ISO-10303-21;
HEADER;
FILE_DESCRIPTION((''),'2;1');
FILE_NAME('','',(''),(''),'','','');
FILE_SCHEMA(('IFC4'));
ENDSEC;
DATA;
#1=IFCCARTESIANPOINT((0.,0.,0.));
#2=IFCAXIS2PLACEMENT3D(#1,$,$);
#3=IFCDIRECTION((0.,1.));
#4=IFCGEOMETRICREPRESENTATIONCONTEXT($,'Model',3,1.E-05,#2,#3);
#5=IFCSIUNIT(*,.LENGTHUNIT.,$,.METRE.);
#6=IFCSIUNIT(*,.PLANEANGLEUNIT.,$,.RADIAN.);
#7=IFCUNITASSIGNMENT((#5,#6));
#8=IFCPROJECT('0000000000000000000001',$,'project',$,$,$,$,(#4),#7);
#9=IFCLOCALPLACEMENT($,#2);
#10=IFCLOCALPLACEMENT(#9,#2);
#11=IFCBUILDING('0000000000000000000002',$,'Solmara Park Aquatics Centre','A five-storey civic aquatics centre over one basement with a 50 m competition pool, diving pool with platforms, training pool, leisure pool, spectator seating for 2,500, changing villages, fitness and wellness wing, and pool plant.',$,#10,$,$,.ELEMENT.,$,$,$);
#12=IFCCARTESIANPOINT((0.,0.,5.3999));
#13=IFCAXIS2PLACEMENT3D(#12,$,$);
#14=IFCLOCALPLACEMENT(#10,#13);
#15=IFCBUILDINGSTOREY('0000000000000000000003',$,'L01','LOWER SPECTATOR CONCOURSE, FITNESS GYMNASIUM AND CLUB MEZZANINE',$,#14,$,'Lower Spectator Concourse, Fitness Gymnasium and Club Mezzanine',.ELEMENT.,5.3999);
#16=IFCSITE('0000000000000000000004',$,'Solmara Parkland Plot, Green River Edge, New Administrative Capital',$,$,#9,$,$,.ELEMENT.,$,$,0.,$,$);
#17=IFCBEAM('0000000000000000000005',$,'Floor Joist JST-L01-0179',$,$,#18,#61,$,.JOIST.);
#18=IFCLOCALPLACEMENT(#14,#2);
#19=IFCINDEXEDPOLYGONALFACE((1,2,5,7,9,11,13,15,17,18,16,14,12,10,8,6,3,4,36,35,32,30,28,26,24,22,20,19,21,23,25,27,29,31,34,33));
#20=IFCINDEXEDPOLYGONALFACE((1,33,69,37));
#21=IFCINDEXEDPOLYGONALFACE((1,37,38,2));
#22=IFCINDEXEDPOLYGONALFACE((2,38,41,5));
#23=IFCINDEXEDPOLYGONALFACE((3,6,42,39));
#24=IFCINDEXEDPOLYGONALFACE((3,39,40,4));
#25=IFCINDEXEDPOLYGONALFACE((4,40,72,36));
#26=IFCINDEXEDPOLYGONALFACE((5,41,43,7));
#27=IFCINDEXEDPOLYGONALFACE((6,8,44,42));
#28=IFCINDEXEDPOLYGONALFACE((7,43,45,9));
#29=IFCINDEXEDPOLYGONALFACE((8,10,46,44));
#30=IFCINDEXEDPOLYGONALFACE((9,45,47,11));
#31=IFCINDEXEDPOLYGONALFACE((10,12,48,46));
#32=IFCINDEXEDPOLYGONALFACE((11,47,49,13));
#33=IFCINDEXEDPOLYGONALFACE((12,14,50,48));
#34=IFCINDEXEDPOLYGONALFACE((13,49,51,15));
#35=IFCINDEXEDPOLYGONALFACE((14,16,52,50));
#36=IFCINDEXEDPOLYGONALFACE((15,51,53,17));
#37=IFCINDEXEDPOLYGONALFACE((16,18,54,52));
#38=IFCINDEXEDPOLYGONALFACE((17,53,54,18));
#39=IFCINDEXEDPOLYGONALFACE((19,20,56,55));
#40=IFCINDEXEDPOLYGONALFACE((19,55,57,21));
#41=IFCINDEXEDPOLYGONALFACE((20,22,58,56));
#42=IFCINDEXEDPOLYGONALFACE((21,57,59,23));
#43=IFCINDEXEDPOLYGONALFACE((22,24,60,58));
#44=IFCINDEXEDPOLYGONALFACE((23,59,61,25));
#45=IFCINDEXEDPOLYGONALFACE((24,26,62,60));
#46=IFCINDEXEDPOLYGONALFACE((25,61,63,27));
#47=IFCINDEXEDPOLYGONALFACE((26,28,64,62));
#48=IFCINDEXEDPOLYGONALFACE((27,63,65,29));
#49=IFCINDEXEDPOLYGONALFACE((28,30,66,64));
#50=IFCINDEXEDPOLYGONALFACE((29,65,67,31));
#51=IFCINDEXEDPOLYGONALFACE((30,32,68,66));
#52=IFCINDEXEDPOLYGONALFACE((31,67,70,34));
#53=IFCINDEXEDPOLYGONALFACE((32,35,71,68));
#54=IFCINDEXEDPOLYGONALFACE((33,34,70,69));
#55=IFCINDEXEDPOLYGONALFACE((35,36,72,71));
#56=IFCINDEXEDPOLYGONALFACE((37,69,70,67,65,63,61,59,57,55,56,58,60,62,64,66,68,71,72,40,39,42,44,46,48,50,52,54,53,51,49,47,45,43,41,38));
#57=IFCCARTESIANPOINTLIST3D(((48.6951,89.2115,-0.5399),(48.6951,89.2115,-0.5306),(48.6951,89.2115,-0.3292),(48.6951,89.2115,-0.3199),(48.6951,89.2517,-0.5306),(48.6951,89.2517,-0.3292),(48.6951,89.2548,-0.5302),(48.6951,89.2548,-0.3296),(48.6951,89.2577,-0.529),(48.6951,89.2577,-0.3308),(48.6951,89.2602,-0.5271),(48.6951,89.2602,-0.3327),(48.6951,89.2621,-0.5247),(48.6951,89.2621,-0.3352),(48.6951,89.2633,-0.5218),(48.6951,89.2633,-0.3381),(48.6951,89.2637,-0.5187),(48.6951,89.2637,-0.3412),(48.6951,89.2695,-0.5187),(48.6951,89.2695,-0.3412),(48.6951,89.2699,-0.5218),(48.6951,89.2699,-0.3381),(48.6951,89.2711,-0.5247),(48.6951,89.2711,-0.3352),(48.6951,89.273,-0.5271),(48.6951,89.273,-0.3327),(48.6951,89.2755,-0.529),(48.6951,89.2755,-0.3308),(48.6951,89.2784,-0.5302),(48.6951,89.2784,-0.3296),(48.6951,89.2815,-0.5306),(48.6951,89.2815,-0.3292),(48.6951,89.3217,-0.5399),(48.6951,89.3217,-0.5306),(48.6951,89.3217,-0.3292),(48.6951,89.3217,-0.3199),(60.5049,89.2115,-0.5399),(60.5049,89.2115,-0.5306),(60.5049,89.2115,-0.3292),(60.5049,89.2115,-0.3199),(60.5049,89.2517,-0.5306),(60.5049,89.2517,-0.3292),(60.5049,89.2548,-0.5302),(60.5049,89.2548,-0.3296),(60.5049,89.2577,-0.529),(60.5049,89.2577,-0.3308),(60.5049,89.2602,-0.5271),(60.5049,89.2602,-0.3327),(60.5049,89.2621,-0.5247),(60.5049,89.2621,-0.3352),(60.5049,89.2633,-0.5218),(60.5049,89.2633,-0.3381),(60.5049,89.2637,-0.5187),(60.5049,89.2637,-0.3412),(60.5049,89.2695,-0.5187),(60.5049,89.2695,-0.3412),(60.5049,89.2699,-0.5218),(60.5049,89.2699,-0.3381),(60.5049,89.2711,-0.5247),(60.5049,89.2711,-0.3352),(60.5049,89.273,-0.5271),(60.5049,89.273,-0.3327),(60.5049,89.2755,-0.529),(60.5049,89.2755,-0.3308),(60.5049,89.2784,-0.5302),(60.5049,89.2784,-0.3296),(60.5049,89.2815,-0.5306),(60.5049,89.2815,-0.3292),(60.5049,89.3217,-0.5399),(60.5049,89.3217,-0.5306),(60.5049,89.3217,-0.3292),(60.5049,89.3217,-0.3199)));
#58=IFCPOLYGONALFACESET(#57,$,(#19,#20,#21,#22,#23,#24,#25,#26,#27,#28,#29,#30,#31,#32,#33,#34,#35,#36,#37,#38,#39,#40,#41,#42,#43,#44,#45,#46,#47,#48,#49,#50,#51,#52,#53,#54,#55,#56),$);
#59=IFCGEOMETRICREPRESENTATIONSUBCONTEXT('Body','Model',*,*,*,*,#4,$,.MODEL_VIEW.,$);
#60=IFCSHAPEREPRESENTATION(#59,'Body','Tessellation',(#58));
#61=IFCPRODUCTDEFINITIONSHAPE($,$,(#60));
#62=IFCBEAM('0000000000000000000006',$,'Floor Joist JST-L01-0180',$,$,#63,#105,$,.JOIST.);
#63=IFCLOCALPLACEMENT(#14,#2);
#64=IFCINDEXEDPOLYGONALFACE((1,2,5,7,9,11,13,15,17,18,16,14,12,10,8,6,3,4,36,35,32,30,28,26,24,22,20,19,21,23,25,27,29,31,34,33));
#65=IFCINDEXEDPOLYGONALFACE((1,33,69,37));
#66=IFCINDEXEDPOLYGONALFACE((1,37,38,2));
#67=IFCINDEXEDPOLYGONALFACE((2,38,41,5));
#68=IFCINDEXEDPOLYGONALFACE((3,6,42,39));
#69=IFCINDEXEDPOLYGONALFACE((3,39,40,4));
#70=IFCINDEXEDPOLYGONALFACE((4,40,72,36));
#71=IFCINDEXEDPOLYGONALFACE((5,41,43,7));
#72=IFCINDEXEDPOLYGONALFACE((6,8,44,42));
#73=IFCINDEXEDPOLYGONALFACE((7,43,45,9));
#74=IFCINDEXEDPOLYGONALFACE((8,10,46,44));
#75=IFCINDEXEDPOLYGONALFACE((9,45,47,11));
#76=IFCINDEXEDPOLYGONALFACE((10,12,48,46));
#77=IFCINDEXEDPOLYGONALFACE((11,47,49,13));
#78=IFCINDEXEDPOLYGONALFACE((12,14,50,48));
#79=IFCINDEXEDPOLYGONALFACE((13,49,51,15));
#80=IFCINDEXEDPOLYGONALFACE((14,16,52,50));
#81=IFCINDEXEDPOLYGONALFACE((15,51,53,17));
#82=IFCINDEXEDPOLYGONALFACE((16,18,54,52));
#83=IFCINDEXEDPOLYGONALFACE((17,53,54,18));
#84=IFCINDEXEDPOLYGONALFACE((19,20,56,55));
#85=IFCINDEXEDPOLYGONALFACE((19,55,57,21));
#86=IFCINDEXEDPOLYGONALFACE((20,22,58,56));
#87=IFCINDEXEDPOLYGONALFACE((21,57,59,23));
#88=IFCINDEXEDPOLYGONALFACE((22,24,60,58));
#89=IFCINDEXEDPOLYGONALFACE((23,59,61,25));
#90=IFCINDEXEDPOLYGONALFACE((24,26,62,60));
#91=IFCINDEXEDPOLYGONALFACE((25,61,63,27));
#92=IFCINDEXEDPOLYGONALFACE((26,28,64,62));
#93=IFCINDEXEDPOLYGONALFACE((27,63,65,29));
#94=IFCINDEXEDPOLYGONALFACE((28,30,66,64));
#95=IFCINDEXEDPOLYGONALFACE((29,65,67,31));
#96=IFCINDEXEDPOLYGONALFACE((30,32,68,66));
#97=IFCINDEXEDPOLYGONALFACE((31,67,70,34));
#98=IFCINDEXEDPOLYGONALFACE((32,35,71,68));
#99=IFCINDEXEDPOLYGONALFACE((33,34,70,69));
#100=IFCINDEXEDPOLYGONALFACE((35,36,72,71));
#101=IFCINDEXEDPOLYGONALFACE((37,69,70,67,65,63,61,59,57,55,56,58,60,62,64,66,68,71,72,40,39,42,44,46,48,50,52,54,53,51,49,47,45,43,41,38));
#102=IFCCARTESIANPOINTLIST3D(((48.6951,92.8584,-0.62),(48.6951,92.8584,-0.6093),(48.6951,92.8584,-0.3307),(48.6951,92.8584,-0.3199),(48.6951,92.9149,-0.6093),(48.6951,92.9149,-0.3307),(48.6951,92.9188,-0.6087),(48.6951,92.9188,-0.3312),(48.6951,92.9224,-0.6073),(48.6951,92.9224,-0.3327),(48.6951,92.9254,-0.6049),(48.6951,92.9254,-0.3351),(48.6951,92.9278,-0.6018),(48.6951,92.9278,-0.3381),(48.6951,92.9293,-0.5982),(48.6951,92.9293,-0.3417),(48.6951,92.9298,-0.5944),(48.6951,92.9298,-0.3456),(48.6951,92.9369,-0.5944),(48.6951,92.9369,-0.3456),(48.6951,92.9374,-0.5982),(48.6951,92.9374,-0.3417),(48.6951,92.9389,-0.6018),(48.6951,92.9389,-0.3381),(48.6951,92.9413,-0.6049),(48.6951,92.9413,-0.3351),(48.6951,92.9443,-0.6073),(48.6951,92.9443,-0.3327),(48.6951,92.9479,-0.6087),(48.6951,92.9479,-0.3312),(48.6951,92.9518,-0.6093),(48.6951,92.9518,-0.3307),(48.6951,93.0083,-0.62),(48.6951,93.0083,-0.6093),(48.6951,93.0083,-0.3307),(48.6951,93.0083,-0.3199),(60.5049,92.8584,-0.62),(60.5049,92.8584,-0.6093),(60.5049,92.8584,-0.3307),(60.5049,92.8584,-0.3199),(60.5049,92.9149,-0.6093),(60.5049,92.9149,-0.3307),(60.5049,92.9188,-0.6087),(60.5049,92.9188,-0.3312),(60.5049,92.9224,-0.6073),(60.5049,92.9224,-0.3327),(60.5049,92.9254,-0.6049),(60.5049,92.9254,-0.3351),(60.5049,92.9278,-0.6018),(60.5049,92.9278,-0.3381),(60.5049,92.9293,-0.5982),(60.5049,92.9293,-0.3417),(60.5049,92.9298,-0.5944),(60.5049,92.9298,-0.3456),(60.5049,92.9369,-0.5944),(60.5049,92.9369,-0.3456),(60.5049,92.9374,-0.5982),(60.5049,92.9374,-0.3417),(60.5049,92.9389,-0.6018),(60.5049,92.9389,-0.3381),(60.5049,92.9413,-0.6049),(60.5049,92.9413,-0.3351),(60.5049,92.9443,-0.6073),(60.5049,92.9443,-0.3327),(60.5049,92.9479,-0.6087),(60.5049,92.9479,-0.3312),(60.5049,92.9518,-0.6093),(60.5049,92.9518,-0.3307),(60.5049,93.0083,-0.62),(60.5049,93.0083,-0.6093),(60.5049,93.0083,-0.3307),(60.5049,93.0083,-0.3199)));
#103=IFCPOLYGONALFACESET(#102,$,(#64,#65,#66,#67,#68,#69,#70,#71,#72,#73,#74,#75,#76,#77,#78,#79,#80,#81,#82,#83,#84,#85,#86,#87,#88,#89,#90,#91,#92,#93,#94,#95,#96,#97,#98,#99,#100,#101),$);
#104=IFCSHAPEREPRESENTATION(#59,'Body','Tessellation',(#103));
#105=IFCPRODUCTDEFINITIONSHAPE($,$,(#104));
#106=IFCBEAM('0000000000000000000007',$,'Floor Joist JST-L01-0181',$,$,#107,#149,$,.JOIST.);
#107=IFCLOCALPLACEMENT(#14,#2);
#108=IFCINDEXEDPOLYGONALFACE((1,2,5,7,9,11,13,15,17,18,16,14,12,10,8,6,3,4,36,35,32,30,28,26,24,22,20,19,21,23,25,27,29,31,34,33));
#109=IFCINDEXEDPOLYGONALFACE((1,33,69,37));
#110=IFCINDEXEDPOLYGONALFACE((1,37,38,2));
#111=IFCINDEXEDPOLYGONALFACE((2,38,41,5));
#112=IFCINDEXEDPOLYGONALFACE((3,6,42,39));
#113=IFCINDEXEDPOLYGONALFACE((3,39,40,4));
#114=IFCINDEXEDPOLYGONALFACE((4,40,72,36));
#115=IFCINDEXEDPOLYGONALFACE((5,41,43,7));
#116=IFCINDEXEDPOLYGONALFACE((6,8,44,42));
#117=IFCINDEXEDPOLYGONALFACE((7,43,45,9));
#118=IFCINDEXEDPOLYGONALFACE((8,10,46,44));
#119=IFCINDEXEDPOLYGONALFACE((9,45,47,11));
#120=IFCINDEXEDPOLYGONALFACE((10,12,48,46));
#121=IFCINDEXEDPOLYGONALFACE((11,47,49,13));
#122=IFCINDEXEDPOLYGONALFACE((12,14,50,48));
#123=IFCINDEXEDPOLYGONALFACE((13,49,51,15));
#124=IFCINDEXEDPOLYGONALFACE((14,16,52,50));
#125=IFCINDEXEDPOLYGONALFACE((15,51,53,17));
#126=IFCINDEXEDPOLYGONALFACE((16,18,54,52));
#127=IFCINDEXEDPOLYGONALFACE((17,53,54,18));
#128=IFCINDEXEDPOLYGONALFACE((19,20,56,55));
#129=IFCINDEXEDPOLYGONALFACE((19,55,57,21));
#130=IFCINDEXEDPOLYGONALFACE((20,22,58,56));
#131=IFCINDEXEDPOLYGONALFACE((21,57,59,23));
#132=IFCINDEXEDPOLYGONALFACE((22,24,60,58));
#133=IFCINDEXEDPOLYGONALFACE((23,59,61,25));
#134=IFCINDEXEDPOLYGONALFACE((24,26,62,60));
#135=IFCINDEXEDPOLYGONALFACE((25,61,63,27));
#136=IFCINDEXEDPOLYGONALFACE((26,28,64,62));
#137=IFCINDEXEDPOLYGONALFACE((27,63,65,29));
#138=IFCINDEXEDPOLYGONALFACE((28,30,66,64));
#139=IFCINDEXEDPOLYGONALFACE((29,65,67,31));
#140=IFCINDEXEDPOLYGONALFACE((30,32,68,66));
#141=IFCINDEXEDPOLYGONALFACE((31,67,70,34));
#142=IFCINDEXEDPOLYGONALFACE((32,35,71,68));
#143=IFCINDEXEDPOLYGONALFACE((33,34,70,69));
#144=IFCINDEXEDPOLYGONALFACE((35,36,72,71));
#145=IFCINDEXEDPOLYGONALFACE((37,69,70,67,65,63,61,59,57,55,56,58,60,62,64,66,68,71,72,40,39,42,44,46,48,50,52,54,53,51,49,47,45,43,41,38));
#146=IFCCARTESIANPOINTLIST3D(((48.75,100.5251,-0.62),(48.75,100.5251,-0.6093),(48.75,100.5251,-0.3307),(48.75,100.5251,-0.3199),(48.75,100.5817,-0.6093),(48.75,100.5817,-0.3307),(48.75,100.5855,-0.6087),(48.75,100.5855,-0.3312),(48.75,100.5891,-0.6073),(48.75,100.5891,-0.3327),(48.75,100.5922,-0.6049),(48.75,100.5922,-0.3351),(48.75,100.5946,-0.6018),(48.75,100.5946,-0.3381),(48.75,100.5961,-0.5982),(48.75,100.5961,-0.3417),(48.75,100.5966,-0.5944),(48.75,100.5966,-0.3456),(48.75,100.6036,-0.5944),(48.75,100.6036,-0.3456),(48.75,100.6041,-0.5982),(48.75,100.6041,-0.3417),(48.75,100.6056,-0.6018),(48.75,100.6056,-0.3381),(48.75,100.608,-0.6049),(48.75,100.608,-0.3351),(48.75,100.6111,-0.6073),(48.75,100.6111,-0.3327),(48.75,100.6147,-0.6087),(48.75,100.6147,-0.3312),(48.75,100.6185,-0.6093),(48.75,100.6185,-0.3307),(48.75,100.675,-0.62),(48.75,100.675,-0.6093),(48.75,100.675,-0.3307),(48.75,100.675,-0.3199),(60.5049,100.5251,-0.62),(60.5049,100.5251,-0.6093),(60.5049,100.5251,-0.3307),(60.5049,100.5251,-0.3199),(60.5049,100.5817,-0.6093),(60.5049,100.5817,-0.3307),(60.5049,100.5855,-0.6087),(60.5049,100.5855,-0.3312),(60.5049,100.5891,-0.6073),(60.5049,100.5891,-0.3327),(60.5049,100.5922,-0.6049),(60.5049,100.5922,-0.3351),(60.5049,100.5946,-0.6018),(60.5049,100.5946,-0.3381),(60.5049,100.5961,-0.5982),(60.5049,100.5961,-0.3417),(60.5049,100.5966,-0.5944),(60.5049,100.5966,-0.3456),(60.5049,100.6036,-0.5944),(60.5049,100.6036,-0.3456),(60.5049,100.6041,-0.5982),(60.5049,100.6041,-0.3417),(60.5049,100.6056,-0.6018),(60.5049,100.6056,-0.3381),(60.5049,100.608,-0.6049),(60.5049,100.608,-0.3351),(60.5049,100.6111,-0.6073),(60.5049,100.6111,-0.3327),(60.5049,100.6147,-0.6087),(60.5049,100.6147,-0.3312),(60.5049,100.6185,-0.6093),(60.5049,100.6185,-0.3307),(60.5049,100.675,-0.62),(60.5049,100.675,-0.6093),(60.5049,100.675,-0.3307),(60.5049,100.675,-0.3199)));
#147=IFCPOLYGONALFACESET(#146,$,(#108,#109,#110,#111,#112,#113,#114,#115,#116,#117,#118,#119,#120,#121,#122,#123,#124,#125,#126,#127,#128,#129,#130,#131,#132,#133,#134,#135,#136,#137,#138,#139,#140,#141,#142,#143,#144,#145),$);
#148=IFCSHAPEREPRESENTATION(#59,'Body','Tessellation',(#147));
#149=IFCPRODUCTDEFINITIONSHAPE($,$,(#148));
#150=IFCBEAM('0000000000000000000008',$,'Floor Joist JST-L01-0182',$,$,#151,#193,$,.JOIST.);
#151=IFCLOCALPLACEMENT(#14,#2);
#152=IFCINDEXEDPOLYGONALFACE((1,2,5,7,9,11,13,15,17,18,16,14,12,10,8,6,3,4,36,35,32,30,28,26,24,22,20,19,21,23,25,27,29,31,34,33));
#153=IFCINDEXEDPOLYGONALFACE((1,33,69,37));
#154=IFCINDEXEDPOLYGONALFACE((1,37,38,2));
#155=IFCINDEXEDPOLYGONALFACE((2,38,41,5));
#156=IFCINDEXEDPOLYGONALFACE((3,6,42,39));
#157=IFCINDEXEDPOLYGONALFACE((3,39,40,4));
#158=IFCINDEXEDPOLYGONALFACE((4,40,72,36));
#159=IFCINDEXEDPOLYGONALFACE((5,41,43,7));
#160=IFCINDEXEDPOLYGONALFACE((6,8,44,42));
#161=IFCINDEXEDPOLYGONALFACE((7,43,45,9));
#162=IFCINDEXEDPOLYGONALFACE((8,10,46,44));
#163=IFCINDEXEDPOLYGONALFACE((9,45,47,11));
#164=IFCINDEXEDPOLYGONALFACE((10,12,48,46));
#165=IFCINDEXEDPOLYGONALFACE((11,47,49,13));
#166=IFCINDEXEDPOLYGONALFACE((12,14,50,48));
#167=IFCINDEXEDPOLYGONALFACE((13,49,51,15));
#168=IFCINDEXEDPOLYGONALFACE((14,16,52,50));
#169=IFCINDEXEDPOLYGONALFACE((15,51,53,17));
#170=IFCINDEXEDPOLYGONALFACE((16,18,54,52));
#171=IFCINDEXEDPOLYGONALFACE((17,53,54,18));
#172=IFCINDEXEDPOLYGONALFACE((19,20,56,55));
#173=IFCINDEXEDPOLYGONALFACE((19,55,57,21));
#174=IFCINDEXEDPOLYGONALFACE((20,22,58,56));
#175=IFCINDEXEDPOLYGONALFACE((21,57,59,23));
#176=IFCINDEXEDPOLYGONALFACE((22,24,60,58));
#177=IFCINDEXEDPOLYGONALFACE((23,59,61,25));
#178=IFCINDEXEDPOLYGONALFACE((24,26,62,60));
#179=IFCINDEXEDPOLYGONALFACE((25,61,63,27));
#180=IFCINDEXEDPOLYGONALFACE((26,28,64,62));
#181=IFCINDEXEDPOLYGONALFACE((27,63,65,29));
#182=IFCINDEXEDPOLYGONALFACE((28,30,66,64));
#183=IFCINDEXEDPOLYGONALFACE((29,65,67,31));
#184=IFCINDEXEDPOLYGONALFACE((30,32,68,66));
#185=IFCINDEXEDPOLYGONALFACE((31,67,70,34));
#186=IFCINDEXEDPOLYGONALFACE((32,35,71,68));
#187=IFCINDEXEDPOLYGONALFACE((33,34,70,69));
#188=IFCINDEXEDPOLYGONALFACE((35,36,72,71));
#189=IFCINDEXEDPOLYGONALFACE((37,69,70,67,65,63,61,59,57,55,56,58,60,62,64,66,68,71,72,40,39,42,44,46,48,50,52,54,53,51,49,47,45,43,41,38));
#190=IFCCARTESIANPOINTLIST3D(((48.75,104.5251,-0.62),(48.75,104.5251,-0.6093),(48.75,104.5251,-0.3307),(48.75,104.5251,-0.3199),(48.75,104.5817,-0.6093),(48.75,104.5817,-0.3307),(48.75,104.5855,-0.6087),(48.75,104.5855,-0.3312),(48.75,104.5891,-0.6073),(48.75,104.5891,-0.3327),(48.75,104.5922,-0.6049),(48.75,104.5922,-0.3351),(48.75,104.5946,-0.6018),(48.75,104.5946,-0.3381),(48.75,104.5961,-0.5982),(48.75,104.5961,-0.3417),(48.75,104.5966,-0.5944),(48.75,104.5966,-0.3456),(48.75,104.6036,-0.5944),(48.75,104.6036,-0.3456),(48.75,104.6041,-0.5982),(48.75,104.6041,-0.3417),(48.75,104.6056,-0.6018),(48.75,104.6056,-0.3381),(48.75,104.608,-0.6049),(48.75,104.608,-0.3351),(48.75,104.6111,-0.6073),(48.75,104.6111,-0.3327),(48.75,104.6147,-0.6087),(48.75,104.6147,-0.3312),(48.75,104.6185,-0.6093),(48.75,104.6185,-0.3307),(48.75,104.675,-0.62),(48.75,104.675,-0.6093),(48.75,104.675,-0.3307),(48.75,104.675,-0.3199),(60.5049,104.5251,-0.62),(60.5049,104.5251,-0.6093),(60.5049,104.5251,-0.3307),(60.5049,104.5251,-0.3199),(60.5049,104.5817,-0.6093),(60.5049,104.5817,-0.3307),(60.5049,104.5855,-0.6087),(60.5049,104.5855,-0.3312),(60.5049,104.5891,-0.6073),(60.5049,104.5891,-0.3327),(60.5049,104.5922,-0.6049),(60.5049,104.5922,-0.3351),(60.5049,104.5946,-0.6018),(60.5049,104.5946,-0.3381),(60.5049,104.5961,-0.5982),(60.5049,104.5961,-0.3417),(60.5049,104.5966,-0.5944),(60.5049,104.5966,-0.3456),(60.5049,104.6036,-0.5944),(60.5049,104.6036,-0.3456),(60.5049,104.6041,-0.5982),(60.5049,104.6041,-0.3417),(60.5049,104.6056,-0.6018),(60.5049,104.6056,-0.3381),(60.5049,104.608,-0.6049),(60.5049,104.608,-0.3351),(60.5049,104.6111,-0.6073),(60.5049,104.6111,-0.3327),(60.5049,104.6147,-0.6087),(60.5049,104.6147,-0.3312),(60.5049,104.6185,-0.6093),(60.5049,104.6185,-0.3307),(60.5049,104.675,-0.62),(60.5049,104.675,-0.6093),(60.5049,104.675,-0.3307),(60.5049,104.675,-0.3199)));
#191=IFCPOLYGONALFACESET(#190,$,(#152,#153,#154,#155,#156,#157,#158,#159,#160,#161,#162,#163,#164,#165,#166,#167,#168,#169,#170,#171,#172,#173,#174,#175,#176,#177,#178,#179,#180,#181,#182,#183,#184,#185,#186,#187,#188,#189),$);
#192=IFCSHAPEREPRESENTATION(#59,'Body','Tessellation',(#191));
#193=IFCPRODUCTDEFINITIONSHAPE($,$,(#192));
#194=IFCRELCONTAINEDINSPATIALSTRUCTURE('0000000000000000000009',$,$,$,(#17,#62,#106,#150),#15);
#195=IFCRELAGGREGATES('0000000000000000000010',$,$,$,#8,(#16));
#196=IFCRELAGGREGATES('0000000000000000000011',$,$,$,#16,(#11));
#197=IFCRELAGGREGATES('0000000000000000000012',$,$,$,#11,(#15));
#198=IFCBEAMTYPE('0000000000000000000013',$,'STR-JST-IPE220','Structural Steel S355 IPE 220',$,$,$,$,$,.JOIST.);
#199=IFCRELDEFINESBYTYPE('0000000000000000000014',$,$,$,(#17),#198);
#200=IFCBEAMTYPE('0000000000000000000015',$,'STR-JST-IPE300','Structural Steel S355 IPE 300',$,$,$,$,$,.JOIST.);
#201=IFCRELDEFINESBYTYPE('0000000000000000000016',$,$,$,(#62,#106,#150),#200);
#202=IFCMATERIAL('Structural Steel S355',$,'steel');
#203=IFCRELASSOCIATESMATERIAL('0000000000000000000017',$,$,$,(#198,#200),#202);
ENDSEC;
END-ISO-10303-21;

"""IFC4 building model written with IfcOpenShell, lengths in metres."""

from ifc_helpers import new_model, si_unit, direction, frame, origin, origin_2d, place, context, subcontext, project, spatial, i_section, extrude, material, material_profile, profile_set, type_object, element, save


model = new_model("IFC4")

# Units and contexts
model_context = context("Model", 3, precision=1e-05, world=origin(), true_north=direction((0.0, 1.0)))
body_context = subcontext(model_context, "Body", "Model", "MODEL_VIEW")
ifc_project = project(units=[si_unit("LENGTHUNIT", "METRE"), si_unit("PLANEANGLEUNIT", "RADIAN")], contexts=[model_context])

# Site, building, storey
site_placement = place(None, origin())
site = spatial("IfcSite", under=ifc_project, at=site_placement, Name="Solmara Parkland Plot, Green River Edge, New Administrative Capital", CompositionType="ELEMENT", RefElevation=0.0)
building_placement = place(site_placement, origin())
building = spatial("IfcBuilding", under=site, at=building_placement, Name="Solmara Park Aquatics Centre", Description="A five-storey civic aquatics centre over one basement with a 50 m competition pool, diving pool with platforms, training pool, leisure pool, spectator seating for 2,500, changing villages, fitness and wellness wing, and pool plant.", CompositionType="ELEMENT")
storey_placement = place(building_placement, frame((0.0, 0.0, 5.3999)))
storey = spatial("IfcBuildingStorey", under=building, at=storey_placement, Name="L01", Description="LOWER SPECTATOR CONCOURSE, FITNESS GYMNASIUM AND CLUB MEZZANINE", LongName="Lower Spectator Concourse, Fitness Gymnasium and Club Mezzanine", CompositionType="ELEMENT", Elevation=5.3999)

# Shared definitions
ifc_material_1 = material(Name="Structural Steel S355", Category="steel")

# Beams
ifc_material_profile_1 = material_profile(ifc_material_1, i_section(OverallWidth=0.1101, OverallDepth=0.22, WebThickness=0.0059, FlangeThickness=0.0093, FilletRadius=0.012, at=origin_2d()), Name="IPE 220")
ifc_profile_set_1 = profile_set([ifc_material_profile_1], Name="Structural Steel S355")
beam_type_1 = type_object("IfcBeamType", Name="STR-JST-IPE220", Description="Structural Steel S355 IPE 220", PredefinedType="JOIST", material=ifc_profile_set_1)
beam_1_placement = place(storey_placement, frame((48.6951, 89.2666, -0.4299), z_axis=(1.0, 0.0, 0.0), x_axis=(0.0, 1.0, 0.0)))
element("IfcBeam", 1, at=beam_1_placement, inside=storey, type_object=beam_type_1, Name="Floor Joist JST-L01-0179", PredefinedType="JOIST", context=body_context, shape_type="SweptSolid", body=[
    extrude(i_section(OverallWidth=0.1101, OverallDepth=0.22, WebThickness=0.0059, FlangeThickness=0.0093, FilletRadius=0.012, at=origin_2d()), origin(), (0.0, 0.0, 1.0), 11.8098),
])
ifc_material_profile_2 = material_profile(ifc_material_1, i_section(OverallWidth=0.1499, OverallDepth=0.3, WebThickness=0.0071, FlangeThickness=0.0107, FilletRadius=0.0149, at=origin_2d()), Name="IPE 300")
ifc_profile_set_2 = profile_set([ifc_material_profile_2], Name="Structural Steel S355")
beam_type_2 = type_object("IfcBeamType", Name="STR-JST-IPE300", Description="Structural Steel S355 IPE 300", PredefinedType="JOIST", material=ifc_profile_set_2)
beam_2_placement = place(storey_placement, frame((48.6951, 92.9333, -0.47), z_axis=(1.0, 0.0, 0.0), x_axis=(0.0, 1.0, 0.0)))
element("IfcBeam", 2, at=beam_2_placement, inside=storey, type_object=beam_type_2, Name="Floor Joist JST-L01-0180", PredefinedType="JOIST", context=body_context, shape_type="SweptSolid", body=[
    extrude(i_section(OverallWidth=0.1499, OverallDepth=0.3, WebThickness=0.0071, FlangeThickness=0.0107, FilletRadius=0.0149, at=origin_2d()), origin(), (0.0, 0.0, 1.0), 11.8098),
])
for number, where, z_axis, x_axis, name in (
    (3, (48.75, 100.6001, -0.47), (1.0, 0.0, 0.0), (0.0, 1.0, 0.0), "Floor Joist JST-L01-0181"),
    (4, (48.75, 104.6001, -0.47), (1.0, 0.0, 0.0), (0.0, 1.0, 0.0), "Floor Joist JST-L01-0182"),
):
    element("IfcBeam", number, at=place(storey_placement, frame(where, z_axis=z_axis, x_axis=x_axis)), inside=storey, type_object=beam_type_2, Name=name, PredefinedType="JOIST", context=body_context, shape_type="SweptSolid", body=[
        extrude(i_section(OverallWidth=0.1499, OverallDepth=0.3, WebThickness=0.0071, FlangeThickness=0.0107, FilletRadius=0.0149, at=origin_2d()), origin(), (0.0, 0.0, 1.0), 11.7549),
    ])

save(model, "model.ifc")
